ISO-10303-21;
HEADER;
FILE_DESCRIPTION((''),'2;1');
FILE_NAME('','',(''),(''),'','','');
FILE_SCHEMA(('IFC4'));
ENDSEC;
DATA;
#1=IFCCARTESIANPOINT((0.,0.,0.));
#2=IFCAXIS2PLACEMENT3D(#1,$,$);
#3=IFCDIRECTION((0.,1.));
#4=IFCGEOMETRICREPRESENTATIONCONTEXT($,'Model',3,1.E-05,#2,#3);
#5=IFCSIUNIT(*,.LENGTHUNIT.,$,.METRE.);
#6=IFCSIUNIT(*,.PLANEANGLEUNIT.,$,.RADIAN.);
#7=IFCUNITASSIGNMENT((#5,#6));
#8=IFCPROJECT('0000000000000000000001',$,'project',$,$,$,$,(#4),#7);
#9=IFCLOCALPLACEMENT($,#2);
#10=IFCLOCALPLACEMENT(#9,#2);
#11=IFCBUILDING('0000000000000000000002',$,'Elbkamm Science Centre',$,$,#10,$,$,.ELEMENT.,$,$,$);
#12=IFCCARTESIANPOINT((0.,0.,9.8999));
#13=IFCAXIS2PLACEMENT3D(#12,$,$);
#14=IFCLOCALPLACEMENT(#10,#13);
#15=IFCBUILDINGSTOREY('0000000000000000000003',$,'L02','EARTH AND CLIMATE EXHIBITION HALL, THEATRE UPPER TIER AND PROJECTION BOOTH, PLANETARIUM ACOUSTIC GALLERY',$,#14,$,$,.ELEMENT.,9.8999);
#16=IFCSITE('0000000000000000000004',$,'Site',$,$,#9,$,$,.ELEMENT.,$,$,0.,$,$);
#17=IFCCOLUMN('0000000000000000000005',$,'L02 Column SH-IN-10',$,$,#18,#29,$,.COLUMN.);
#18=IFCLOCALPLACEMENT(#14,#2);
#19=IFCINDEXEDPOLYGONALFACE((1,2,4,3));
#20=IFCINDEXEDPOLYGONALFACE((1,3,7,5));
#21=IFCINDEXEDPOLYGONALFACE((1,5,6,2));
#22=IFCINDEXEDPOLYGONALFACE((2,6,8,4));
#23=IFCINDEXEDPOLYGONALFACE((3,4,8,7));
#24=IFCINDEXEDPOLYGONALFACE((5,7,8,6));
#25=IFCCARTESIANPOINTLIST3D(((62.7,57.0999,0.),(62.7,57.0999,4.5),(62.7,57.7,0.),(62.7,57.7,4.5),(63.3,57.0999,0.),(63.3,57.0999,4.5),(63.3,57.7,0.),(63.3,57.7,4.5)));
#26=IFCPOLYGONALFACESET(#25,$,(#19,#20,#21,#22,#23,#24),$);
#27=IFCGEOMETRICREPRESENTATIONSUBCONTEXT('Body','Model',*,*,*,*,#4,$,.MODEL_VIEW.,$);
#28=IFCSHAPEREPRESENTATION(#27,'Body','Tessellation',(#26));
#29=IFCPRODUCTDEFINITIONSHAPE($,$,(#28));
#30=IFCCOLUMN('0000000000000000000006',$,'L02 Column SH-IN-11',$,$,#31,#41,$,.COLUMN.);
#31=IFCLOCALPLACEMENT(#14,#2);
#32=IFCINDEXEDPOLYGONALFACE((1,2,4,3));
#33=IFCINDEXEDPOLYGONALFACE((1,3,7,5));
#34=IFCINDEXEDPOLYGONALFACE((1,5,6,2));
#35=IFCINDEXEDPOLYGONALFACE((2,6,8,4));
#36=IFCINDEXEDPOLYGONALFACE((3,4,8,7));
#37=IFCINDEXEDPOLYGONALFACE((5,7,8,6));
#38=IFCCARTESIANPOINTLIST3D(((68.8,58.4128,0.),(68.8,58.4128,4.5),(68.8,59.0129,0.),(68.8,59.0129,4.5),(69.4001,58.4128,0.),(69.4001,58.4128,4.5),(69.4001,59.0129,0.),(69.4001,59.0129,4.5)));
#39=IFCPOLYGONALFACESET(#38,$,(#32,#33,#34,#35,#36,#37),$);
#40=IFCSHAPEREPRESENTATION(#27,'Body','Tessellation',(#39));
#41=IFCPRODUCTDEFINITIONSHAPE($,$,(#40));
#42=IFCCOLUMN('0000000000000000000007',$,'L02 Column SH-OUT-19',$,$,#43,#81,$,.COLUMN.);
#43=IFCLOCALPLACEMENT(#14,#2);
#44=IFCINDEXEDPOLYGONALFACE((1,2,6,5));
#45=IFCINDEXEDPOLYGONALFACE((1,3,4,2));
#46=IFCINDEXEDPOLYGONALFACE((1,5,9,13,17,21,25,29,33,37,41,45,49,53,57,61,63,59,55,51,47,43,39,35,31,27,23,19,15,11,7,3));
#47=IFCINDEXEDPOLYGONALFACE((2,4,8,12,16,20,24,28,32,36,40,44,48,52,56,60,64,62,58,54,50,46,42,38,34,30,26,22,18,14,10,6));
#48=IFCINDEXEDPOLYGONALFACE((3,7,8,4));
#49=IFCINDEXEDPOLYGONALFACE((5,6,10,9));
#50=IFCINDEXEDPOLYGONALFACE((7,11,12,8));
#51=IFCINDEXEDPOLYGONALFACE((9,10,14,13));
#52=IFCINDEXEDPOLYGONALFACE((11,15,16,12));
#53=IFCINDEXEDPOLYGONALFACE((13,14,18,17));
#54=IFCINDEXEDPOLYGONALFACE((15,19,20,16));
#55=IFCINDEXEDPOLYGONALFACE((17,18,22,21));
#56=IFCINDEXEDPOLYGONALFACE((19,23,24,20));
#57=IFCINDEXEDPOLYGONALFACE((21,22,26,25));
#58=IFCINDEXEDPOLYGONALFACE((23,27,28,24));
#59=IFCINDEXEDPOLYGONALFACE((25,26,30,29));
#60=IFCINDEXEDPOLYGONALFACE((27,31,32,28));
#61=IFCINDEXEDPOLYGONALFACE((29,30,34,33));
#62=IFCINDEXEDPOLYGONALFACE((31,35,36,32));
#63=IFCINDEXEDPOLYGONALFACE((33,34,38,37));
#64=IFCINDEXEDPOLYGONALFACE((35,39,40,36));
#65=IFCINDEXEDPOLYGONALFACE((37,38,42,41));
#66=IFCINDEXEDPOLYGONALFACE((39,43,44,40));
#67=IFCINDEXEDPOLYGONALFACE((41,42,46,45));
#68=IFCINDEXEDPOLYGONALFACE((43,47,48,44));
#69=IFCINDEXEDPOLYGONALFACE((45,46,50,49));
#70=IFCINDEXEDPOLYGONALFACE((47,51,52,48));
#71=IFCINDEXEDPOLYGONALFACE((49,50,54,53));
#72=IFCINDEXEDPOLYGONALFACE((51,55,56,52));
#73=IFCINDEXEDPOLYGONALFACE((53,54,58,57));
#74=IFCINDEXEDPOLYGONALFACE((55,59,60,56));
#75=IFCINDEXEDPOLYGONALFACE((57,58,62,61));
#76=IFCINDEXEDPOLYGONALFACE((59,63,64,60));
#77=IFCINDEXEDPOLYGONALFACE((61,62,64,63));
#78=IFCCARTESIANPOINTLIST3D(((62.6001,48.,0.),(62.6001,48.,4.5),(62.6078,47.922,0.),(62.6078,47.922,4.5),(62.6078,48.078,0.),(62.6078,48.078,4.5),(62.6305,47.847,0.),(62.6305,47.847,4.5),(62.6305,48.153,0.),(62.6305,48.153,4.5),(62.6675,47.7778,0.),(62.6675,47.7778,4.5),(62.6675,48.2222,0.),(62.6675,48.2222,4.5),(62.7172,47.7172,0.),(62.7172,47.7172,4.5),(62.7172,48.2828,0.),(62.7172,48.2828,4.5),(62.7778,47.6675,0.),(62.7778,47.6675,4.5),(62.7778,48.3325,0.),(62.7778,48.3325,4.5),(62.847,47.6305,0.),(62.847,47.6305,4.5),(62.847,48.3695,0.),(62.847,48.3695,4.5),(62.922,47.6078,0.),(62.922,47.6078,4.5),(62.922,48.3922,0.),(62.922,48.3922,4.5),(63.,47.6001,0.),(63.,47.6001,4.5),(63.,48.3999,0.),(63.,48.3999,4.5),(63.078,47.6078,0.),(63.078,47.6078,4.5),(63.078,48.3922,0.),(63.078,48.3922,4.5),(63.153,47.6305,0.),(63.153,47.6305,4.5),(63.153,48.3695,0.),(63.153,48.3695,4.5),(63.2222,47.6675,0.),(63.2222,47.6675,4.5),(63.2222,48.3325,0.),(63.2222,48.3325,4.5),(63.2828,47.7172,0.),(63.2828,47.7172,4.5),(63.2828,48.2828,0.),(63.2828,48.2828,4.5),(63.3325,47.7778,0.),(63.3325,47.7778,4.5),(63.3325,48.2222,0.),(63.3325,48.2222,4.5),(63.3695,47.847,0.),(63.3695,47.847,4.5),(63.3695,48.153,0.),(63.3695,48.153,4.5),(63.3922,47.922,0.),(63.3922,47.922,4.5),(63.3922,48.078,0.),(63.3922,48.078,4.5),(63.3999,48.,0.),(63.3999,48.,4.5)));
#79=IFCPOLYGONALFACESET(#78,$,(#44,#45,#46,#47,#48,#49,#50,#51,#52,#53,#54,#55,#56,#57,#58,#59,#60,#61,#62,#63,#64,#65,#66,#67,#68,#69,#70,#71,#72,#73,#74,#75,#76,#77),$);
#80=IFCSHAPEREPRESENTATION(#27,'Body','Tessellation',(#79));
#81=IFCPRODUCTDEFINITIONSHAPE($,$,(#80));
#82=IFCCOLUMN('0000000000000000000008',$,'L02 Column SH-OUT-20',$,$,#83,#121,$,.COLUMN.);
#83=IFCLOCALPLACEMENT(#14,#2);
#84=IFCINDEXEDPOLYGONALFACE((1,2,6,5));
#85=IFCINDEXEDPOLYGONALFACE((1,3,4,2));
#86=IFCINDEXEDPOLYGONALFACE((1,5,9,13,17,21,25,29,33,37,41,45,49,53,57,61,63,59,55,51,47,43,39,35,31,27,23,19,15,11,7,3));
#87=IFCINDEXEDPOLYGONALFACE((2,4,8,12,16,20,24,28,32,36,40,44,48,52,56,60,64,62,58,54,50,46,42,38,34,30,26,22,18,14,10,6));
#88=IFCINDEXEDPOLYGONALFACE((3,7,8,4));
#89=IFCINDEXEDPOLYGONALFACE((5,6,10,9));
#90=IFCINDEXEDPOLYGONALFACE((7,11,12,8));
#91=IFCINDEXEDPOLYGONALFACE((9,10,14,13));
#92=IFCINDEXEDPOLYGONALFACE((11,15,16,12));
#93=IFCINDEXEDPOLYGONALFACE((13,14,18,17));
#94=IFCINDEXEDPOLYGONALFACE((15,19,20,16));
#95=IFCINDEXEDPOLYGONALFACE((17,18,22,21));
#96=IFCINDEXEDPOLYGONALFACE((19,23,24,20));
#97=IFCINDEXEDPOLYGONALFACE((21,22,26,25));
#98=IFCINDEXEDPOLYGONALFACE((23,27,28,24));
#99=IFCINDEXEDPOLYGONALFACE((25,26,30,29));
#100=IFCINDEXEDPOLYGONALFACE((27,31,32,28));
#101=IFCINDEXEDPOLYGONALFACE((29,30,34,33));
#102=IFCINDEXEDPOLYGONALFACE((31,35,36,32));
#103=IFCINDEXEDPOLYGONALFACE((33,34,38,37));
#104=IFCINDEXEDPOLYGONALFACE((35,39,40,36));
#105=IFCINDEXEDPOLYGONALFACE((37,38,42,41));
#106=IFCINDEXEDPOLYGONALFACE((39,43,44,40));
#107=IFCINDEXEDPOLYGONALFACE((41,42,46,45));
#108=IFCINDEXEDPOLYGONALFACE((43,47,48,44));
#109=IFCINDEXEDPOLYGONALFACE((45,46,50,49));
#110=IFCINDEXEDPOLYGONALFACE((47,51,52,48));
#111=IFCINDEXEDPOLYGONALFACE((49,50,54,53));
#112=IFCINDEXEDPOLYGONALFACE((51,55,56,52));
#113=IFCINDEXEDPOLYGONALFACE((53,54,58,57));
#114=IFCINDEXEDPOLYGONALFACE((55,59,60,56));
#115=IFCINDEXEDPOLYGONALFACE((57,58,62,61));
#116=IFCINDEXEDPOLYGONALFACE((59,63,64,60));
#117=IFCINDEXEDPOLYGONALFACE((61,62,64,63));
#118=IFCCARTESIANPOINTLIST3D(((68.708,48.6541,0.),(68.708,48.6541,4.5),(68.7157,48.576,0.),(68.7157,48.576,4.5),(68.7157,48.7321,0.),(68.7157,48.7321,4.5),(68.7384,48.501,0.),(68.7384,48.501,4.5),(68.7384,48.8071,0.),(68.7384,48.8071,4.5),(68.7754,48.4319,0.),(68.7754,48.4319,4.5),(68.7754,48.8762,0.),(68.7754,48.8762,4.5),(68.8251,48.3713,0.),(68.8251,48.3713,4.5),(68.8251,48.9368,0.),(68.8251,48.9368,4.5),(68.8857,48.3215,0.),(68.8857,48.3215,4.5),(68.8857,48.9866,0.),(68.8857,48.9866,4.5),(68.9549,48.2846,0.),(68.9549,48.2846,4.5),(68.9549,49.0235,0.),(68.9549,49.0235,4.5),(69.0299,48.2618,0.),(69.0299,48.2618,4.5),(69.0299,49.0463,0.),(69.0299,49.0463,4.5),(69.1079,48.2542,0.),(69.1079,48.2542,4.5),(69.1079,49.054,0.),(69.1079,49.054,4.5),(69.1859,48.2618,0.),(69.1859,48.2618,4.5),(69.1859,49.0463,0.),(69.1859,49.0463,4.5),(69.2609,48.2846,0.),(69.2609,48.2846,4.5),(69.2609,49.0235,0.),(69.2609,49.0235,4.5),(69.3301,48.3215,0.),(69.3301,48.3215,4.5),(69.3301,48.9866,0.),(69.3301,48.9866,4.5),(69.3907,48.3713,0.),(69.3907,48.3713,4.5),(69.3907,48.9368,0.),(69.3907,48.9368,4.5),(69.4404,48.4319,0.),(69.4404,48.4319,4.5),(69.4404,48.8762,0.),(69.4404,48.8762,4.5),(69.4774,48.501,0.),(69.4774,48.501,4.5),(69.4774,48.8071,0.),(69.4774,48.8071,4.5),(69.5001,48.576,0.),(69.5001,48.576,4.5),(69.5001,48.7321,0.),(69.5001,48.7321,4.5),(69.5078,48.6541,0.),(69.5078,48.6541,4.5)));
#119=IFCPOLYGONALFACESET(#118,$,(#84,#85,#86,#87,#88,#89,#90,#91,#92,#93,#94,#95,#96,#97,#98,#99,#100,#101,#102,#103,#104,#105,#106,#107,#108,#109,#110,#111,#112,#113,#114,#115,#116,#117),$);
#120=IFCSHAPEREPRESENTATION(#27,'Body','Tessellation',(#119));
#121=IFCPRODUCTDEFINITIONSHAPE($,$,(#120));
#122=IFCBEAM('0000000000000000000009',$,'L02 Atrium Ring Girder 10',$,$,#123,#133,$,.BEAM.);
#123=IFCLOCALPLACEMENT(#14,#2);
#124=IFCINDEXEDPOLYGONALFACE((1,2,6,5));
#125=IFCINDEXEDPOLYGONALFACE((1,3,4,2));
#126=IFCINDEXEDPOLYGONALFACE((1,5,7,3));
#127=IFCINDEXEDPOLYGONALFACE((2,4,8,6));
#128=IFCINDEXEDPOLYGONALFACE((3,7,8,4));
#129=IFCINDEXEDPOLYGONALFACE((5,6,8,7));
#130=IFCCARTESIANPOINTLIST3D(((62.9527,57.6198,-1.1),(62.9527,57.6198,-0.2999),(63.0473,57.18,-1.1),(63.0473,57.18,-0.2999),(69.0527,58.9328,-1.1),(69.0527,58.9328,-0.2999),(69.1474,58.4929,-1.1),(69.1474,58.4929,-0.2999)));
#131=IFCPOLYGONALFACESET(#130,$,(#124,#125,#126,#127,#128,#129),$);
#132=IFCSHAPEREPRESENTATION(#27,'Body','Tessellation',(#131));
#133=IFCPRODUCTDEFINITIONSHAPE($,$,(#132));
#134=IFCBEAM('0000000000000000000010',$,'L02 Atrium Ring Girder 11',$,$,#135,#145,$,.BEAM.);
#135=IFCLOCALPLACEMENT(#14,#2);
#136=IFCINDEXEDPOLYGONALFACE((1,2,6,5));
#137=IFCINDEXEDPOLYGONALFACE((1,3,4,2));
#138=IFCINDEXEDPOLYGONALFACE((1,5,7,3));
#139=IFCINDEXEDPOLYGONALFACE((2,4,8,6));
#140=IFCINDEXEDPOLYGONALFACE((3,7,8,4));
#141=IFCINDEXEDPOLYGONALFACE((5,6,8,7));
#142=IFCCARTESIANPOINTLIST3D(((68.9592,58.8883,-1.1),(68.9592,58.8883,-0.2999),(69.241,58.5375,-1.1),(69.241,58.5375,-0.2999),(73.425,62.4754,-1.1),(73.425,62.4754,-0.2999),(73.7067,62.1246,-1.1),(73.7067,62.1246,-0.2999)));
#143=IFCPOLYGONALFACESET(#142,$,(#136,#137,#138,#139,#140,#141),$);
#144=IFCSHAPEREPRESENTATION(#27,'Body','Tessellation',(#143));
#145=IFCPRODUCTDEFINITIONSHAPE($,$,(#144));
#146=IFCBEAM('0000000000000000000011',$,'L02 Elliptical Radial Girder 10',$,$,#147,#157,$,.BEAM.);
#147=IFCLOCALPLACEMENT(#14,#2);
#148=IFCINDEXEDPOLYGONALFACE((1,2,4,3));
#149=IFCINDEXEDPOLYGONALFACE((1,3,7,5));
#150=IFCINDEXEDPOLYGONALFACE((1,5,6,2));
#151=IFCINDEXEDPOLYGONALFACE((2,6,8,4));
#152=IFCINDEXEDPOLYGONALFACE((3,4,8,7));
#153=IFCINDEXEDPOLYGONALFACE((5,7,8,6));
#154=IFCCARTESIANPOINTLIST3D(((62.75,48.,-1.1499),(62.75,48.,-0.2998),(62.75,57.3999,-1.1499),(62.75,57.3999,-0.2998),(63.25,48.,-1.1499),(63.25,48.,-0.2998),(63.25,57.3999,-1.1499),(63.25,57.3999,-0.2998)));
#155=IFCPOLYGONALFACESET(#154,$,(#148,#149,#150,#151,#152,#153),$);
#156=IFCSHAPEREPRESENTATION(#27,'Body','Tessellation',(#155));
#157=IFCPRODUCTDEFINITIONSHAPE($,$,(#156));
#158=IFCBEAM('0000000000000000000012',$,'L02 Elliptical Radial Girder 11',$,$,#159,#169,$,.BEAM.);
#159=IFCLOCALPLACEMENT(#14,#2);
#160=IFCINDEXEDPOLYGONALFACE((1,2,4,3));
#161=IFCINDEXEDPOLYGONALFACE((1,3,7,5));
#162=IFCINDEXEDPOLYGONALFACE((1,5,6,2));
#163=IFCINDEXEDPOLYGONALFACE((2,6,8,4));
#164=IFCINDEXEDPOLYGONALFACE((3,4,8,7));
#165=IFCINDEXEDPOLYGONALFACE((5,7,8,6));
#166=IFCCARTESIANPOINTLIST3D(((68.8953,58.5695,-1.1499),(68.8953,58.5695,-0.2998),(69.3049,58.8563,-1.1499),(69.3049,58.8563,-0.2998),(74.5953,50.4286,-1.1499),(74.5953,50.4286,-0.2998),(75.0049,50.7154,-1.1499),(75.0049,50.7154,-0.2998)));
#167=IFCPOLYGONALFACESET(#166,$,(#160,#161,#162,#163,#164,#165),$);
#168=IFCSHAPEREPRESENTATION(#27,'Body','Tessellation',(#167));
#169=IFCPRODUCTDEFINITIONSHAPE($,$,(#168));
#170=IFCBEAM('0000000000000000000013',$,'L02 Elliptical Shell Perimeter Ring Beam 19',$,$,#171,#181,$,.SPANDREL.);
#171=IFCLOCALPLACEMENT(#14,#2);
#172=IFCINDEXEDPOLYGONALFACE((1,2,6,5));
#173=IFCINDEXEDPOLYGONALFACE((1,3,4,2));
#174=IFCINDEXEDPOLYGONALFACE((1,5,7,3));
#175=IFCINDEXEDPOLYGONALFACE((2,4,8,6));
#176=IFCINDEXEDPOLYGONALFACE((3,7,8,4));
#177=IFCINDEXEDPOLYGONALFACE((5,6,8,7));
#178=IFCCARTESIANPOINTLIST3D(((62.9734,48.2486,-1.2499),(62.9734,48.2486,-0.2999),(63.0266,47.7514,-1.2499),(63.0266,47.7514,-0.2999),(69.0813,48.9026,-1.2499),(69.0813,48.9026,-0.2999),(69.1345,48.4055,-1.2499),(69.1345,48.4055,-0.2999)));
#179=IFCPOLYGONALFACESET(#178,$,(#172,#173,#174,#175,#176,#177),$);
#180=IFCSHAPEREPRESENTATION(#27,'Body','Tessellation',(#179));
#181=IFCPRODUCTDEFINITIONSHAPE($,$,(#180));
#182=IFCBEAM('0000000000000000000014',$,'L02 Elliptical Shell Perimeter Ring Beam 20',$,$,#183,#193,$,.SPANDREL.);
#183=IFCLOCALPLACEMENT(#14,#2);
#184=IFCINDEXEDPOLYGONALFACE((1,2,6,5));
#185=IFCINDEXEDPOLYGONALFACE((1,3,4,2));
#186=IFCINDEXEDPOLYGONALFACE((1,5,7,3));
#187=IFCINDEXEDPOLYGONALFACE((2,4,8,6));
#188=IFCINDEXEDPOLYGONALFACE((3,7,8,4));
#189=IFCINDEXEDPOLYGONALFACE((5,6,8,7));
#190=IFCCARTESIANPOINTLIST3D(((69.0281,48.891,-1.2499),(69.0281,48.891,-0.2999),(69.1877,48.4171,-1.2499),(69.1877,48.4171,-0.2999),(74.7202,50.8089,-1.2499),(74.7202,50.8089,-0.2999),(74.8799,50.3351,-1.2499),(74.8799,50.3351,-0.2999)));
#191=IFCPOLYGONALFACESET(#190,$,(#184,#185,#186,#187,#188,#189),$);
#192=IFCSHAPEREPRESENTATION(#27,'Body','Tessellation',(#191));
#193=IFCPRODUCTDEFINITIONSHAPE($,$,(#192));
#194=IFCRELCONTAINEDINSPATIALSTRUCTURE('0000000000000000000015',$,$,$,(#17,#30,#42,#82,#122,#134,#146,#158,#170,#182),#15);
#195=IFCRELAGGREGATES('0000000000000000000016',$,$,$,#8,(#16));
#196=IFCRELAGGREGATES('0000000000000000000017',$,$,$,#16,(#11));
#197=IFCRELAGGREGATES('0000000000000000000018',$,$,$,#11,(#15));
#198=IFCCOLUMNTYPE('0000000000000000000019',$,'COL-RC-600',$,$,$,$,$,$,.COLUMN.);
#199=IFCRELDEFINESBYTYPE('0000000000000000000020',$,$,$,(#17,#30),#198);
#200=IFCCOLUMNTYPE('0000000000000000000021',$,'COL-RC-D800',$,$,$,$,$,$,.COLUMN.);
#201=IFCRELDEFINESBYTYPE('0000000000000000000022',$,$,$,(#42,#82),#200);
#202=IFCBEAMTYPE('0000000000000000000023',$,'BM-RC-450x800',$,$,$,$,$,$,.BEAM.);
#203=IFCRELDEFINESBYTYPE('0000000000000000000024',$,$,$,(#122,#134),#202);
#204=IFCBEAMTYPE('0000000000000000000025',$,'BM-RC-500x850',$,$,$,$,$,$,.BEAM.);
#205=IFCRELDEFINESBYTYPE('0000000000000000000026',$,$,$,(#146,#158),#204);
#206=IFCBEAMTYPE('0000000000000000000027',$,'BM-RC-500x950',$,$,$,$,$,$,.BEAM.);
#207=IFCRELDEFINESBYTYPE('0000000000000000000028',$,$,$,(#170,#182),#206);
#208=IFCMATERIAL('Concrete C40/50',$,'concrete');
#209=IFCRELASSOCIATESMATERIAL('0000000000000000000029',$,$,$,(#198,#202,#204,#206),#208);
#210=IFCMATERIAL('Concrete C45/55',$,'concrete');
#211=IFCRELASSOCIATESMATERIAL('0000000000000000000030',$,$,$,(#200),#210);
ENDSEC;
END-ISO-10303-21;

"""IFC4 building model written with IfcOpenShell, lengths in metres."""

from ifc_helpers import new_model, si_unit, direction, frame, origin, origin_2d, place, context, subcontext, project, spatial, rectangle, circle, extrude, material, material_profile, profile_set, type_object, element, save


model = new_model("IFC4")

# Units and contexts
model_context = context("Model", 3, precision=1e-05, world=origin(), true_north=direction((0.0, 1.0)))
body_context = subcontext(model_context, "Body", "Model", "MODEL_VIEW")
ifc_project = project(units=[si_unit("LENGTHUNIT", "METRE"), si_unit("PLANEANGLEUNIT", "RADIAN")], contexts=[model_context])

# Site, building, storey
site_placement = place(None, origin())
site = spatial("IfcSite", under=ifc_project, at=site_placement, Name="Site", CompositionType="ELEMENT", RefElevation=0.0)
building_placement = place(site_placement, origin())
building = spatial("IfcBuilding", under=site, at=building_placement, Name="Elbkamm Science Centre", CompositionType="ELEMENT")
storey_placement = place(building_placement, frame((0.0, 0.0, 9.8999)))
storey = spatial("IfcBuildingStorey", under=building, at=storey_placement, Name="L02", Description="EARTH AND CLIMATE EXHIBITION HALL, THEATRE UPPER TIER AND PROJECTION BOOTH, PLANETARIUM ACOUSTIC GALLERY", CompositionType="ELEMENT", Elevation=9.8999)

# Columns
ifc_material_1 = material(Name="Concrete C40/50", Category="concrete")
ifc_material_profile_1 = material_profile(ifc_material_1, rectangle(XDim=0.6001, YDim=0.6001, at=origin_2d()), Name="RC 600x600")
ifc_profile_set_1 = profile_set([ifc_material_profile_1], Name="Concrete C40/50")
column_type_1 = type_object("IfcColumnType", Name="COL-RC-600", PredefinedType="COLUMN", material=ifc_profile_set_1)
for number, where, z_axis, x_axis, name in (
    (1, (63.0, 57.3999, 0.0), (0.0, 0.0, 1.0), (1.0, 0.0, 0.0), "L02 Column SH-IN-10"),
    (2, (69.1001, 58.7129, 0.0), (0.0, 0.0, 1.0), (1.0, 0.0, 0.0), "L02 Column SH-IN-11"),
):
    element("IfcColumn", number, at=place(storey_placement, frame(where, z_axis=z_axis, x_axis=x_axis)), inside=storey, type_object=column_type_1, Name=name, PredefinedType="COLUMN", context=body_context, shape_type="SweptSolid", body=[
        extrude(rectangle(XDim=0.6001, YDim=0.6001, at=origin_2d()), origin(), (0.0, 0.0, 1.0), 4.5),
    ])
ifc_material_2 = material(Name="Concrete C45/55", Category="concrete")
ifc_material_profile_2 = material_profile(ifc_material_2, circle(Radius=0.3999, at=origin_2d()), Name="RC D800")
ifc_profile_set_2 = profile_set([ifc_material_profile_2], Name="Concrete C45/55")
column_type_2 = type_object("IfcColumnType", Name="COL-RC-D800", PredefinedType="COLUMN", material=ifc_profile_set_2)
for number, where, z_axis, x_axis, name in (
    (3, (63.0, 48.0, 0.0), (0.0, 0.0, 1.0), (1.0, 0.0, 0.0), "L02 Column SH-OUT-19"),
    (4, (69.1079, 48.6541, 0.0), (0.0, 0.0, 1.0), (1.0, 0.0, 0.0), "L02 Column SH-OUT-20"),
):
    element("IfcColumn", number, at=place(storey_placement, frame(where, z_axis=z_axis, x_axis=x_axis)), inside=storey, type_object=column_type_2, Name=name, PredefinedType="COLUMN", context=body_context, shape_type="SweptSolid", body=[
        extrude(circle(Radius=0.3999, at=origin_2d()), origin(), (0.0, 0.0, 1.0), 4.5),
    ])

# Beams
ifc_material_profile_3 = material_profile(ifc_material_1, rectangle(XDim=0.45, YDim=0.8, at=origin_2d()), Name="RC 450x800")
ifc_profile_set_3 = profile_set([ifc_material_profile_3], Name="Concrete C40/50")
beam_type_1 = type_object("IfcBeamType", Name="BM-RC-450x800", PredefinedType="BEAM", material=ifc_profile_set_3)
beam_1_placement = place(storey_placement, frame((63.0, 57.3999, -0.7), z_axis=(0.977611, 0.210421, 0.0), x_axis=(-0.210421, 0.977611, 0.0)))
element("IfcBeam", 5, at=beam_1_placement, inside=storey, type_object=beam_type_1, Name="L02 Atrium Ring Girder 10", PredefinedType="BEAM", context=body_context, shape_type="SweptSolid", body=[
    extrude(rectangle(XDim=0.45, YDim=0.8, at=origin_2d()), origin(), (0.0, 0.0, 1.0), 6.2397),
])
beam_2_placement = place(storey_placement, frame((69.1001, 58.7129, -0.7), z_axis=(0.779632, 0.626238, 0.0), x_axis=(-0.626238, 0.779632, 0.0)))
element("IfcBeam", 6, at=beam_2_placement, inside=storey, type_object=beam_type_1, Name="L02 Atrium Ring Girder 11", PredefinedType="BEAM", context=body_context, shape_type="SweptSolid", body=[
    extrude(rectangle(XDim=0.45, YDim=0.8, at=origin_2d()), origin(), (0.0, 0.0, 1.0), 5.728),
])
ifc_material_profile_4 = material_profile(ifc_material_1, rectangle(XDim=0.5, YDim=0.8501, at=origin_2d()), Name="RC 500x850")
ifc_profile_set_4 = profile_set([ifc_material_profile_4], Name="Concrete C40/50")
beam_type_2 = type_object("IfcBeamType", Name="BM-RC-500x850", PredefinedType="BEAM", material=ifc_profile_set_4)
beam_3_placement = place(storey_placement, frame((63.0, 57.3999, -0.7249), z_axis=(0.0, -1.0, 0.0), x_axis=(1.0, 0.0, 0.0)))
element("IfcBeam", 7, at=beam_3_placement, inside=storey, type_object=beam_type_2, Name="L02 Elliptical Radial Girder 10", PredefinedType="BEAM", context=body_context, shape_type="SweptSolid", body=[
    extrude(rectangle(XDim=0.5, YDim=0.8501, at=origin_2d()), origin(), (0.0, 0.0, 1.0), 9.3999),
])
beam_4_placement = place(storey_placement, frame((69.1001, 58.7129, -0.7249), z_axis=(0.573553, -0.819168, 0.0), x_axis=(0.819168, 0.573553, 0.0)))
element("IfcBeam", 8, at=beam_4_placement, inside=storey, type_object=beam_type_2, Name="L02 Elliptical Radial Girder 11", PredefinedType="BEAM", context=body_context, shape_type="SweptSolid", body=[
    extrude(rectangle(XDim=0.5, YDim=0.8501, at=origin_2d()), origin(), (0.0, 0.0, 1.0), 9.938),
])
ifc_material_profile_5 = material_profile(ifc_material_1, rectangle(XDim=0.5, YDim=0.95, at=origin_2d()), Name="RC 500x950")
ifc_profile_set_5 = profile_set([ifc_material_profile_5], Name="Concrete C40/50")
beam_type_3 = type_object("IfcBeamType", Name="BM-RC-500x950", PredefinedType="BEAM", material=ifc_profile_set_5)
beam_5_placement = place(storey_placement, frame((63.0, 48.0, -0.7749), z_axis=(0.994315, 0.106474, 0.0), x_axis=(-0.106474, 0.994315, 0.0)))
element("IfcBeam", 9, at=beam_5_placement, inside=storey, type_object=beam_type_3, Name="L02 Elliptical Shell Perimeter Ring Beam 19", PredefinedType="SPANDREL", context=body_context, shape_type="SweptSolid", body=[
    extrude(rectangle(XDim=0.5, YDim=0.95, at=origin_2d()), origin(), (0.0, 0.0, 1.0), 6.1428),
])
beam_6_placement = place(storey_placement, frame((69.1079, 48.6541, -0.7749), z_axis=(0.94765, 0.319311, 0.0), x_axis=(-0.319311, 0.94765, 0.0)))
element("IfcBeam", 10, at=beam_6_placement, inside=storey, type_object=beam_type_3, Name="L02 Elliptical Shell Perimeter Ring Beam 20", PredefinedType="SPANDREL", context=body_context, shape_type="SweptSolid", body=[
    extrude(rectangle(XDim=0.5, YDim=0.95, at=origin_2d()), origin(), (0.0, 0.0, 1.0), 6.0066),
])

save(model, "model.ifc")
